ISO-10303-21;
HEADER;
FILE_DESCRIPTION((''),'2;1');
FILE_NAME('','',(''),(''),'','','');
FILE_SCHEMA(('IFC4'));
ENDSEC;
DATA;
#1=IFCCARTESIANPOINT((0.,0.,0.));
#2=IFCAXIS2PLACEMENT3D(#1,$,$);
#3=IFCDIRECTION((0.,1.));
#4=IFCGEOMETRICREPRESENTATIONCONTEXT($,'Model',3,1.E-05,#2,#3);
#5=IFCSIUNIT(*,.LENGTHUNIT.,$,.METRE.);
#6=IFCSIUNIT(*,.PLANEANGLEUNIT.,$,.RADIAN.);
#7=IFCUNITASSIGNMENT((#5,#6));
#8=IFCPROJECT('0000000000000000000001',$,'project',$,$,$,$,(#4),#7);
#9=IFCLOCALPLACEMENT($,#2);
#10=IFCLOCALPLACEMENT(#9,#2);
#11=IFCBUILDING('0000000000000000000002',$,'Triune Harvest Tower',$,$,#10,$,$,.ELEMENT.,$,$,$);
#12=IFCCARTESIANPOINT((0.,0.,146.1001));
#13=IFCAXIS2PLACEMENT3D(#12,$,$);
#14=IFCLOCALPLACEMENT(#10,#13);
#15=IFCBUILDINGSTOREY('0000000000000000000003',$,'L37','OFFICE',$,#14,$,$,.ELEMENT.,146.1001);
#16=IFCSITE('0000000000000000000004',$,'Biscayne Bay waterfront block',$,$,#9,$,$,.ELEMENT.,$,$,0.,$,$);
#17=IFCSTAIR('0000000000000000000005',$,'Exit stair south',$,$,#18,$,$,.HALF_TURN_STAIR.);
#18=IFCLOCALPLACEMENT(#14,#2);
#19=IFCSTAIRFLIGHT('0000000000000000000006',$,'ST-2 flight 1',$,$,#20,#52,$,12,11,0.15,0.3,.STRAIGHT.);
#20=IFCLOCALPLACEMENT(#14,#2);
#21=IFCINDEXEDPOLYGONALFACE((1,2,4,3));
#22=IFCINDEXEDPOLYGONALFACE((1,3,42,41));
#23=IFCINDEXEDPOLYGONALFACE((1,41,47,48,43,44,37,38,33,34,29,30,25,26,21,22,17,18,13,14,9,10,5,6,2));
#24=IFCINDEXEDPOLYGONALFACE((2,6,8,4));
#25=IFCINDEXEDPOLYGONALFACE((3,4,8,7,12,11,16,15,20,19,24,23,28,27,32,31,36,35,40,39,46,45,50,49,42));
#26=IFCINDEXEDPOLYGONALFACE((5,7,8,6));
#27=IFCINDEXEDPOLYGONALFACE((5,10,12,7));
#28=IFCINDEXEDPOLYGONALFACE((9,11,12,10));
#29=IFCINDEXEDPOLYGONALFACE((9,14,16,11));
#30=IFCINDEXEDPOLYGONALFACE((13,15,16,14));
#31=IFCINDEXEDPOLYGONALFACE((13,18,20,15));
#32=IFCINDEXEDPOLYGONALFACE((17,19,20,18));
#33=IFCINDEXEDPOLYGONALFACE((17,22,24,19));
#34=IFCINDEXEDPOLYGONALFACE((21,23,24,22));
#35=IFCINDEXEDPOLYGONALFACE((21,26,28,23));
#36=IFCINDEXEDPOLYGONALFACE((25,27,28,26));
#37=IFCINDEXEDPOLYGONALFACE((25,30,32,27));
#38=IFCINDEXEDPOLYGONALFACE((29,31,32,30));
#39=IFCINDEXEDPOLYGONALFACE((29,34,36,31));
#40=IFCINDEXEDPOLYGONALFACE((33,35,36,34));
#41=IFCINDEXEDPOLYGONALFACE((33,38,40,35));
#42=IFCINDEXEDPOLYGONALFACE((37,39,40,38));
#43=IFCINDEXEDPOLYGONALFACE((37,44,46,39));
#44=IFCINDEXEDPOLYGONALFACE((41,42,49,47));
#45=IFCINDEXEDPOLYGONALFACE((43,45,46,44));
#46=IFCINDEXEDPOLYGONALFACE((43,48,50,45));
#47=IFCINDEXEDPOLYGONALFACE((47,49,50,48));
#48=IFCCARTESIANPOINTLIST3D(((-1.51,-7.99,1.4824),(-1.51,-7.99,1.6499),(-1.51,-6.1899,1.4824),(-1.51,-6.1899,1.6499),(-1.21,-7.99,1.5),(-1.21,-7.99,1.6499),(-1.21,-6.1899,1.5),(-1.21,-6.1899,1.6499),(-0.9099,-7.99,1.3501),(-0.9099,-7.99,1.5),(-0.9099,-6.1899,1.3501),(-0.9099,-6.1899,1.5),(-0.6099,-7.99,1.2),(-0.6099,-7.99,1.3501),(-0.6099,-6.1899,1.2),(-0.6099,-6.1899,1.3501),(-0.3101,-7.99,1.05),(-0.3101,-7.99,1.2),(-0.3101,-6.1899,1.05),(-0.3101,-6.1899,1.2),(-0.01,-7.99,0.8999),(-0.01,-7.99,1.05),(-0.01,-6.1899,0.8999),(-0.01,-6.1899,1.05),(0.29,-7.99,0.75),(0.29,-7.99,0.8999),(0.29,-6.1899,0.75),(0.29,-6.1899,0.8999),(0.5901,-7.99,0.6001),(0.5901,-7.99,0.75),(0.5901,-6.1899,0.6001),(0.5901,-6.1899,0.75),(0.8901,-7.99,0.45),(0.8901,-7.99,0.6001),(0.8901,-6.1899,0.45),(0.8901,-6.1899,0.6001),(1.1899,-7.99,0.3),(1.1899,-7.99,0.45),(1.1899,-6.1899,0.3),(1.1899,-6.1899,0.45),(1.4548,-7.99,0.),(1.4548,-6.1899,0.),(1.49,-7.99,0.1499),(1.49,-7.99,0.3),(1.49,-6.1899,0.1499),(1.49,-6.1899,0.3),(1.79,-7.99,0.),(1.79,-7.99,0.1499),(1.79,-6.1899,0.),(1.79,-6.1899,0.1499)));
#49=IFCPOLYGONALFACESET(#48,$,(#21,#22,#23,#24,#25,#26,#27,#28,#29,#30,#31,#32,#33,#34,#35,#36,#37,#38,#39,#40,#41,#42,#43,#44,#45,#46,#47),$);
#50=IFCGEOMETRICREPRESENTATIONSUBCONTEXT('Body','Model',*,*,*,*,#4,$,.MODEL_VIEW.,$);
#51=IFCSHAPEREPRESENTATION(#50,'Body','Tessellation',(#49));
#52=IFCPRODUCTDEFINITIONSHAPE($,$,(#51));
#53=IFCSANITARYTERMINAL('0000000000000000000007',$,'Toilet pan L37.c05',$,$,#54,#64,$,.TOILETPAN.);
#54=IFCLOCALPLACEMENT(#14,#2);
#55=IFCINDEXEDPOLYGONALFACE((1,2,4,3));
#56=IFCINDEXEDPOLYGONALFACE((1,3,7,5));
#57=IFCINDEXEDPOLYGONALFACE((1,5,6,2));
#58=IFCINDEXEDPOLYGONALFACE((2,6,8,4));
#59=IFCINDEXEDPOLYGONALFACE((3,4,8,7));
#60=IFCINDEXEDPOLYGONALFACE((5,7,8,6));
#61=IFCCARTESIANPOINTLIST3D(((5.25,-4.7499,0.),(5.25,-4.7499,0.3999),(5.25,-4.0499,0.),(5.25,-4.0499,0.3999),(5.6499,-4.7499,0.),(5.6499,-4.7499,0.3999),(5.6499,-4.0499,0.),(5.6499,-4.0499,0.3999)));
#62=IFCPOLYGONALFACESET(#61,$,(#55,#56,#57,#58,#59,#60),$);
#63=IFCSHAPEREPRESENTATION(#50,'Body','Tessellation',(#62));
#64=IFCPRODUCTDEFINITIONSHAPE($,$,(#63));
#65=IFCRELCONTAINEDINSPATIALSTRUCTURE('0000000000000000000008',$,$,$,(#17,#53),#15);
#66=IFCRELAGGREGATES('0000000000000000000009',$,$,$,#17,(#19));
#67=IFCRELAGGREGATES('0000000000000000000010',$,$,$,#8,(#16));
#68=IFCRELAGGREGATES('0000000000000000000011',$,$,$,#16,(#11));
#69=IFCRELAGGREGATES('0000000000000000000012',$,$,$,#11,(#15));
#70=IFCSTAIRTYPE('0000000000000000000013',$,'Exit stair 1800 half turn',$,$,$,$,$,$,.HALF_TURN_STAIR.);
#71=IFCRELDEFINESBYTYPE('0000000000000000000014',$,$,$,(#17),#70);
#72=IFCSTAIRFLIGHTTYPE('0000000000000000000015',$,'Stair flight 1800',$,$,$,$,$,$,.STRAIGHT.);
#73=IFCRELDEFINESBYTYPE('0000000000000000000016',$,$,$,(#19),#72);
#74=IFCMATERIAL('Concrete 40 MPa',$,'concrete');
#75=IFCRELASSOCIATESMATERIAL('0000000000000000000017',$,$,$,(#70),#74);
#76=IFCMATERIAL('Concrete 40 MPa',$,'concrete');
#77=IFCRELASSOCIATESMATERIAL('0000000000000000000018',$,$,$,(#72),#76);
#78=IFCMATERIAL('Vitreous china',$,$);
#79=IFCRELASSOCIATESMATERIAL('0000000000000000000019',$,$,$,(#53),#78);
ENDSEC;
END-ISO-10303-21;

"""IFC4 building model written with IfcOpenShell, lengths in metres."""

from ifc_helpers import new_model, si_unit, direction, frame, origin, origin_2d, place, context, subcontext, project, spatial, polyline, rectangle, outline, extrude, source, transform, mapped, material, type_object, element, aggregate, save


model = new_model("IFC4")

# Units and contexts
model_context = context("Model", 3, precision=1e-05, world=origin(), true_north=direction((0.0, 1.0)))
body_context = subcontext(model_context, "Body", "Model", "MODEL_VIEW")
ifc_project = project(units=[si_unit("LENGTHUNIT", "METRE"), si_unit("PLANEANGLEUNIT", "RADIAN")], contexts=[model_context])

# Site, building, storey
site_placement = place(None, origin())
site = spatial("IfcSite", under=ifc_project, at=site_placement, Name="Biscayne Bay waterfront block", CompositionType="ELEMENT", RefElevation=0.0)
building_placement = place(site_placement, origin())
building = spatial("IfcBuilding", under=site, at=building_placement, Name="Triune Harvest Tower", CompositionType="ELEMENT")
storey_placement = place(building_placement, frame((0.0, 0.0, 146.1001)))
storey = spatial("IfcBuildingStorey", under=building, at=storey_placement, Name="L37", Description="OFFICE", CompositionType="ELEMENT", Elevation=146.1001)

# Stair, stair flight
ifc_material_1 = material(Name="Concrete 40 MPa", Category="concrete")
stair_type = type_object("IfcStairType", Name="Exit stair 1800 half turn", PredefinedType="HALF_TURN_STAIR", material=ifc_material_1)
stair_placement = place(storey_placement, origin())
stair = element("IfcStair", 1, at=stair_placement, inside=storey, type_object=stair_type, Name="Exit stair south", PredefinedType="HALF_TURN_STAIR")
ifc_material_2 = material(Name="Concrete 40 MPa", Category="concrete")
stair_flight_type = type_object("IfcStairFlightType", Name="Stair flight 1800", PredefinedType="STRAIGHT", material=ifc_material_2)
shared_shape_1 = source(origin(), body_context, "Body", "SweptSolid", [
    extrude(outline(polyline([(0.0, 0.0), (0.0, 0.1499), (0.3, 0.1499), (0.3, 0.3), (0.6001, 0.3), (0.6001, 0.45), (0.8999, 0.45), (0.8999, 0.6001), (1.2, 0.6001), (1.2, 0.75), (1.5, 0.75), (1.5, 0.8999), (1.8, 0.8999), (1.8, 1.05), (2.1001, 1.05), (2.1001, 1.2), (2.3999, 1.2), (2.3999, 1.3501), (2.7, 1.3501), (2.7, 1.5), (3.0, 1.5), (3.0, 1.6499), (3.3, 1.6499), (3.3, 1.8), (3.3, 1.4824), (0.3352, 0.0), (0.0, 0.0)])), frame((0.0, 0.8999, 0.0), z_axis=(0.0, -1.0, 0.0), x_axis=(1.0, 0.0, 0.0)), (0.0, 0.0, 1.0), 1.8),
])
stair_flight_placement = place(storey_placement, frame((1.79, -7.0901, 0.0), z_axis=(0.0, 0.0, 1.0), x_axis=(-1.0, 0.0, 0.0)))
stair_flight = element("IfcStairFlight", 2, at=stair_flight_placement, type_object=stair_flight_type, Name="ST-2 flight 1", NumberOfRisers=12, NumberOfTreads=11, PredefinedType="STRAIGHT", RiserHeight=0.15, TreadLength=0.3, context=body_context, shape_type="MappedRepresentation", body=[
    mapped(shared_shape_1, transform((0.0, 0.0, 0.0), scale=1.0)),
])
aggregate(stair, [stair_flight])

# Sanitary terminal
ifc_material_3 = material(Name="Vitreous china")
shared_shape_2 = source(origin(), body_context, "Body", "SweptSolid", [
    extrude(rectangle(XDim=0.3999, YDim=0.7, at=origin_2d()), origin(), (0.0, 0.0, 1.0), 0.3999),
])
sanitary_terminal_placement = place(storey_placement, frame((5.45, -4.3999, 0.0), z_axis=(0.0, 0.0, 1.0), x_axis=(1.0, 0.0, 0.0)))
element("IfcSanitaryTerminal", 3, at=sanitary_terminal_placement, inside=storey, material=ifc_material_3, Name="Toilet pan L37.c05", PredefinedType="TOILETPAN", context=body_context, shape_type="MappedRepresentation", body=[
    mapped(shared_shape_2, transform((0.0, 0.0, 0.0), scale=1.0)),
])

save(model, "model.ifc")
